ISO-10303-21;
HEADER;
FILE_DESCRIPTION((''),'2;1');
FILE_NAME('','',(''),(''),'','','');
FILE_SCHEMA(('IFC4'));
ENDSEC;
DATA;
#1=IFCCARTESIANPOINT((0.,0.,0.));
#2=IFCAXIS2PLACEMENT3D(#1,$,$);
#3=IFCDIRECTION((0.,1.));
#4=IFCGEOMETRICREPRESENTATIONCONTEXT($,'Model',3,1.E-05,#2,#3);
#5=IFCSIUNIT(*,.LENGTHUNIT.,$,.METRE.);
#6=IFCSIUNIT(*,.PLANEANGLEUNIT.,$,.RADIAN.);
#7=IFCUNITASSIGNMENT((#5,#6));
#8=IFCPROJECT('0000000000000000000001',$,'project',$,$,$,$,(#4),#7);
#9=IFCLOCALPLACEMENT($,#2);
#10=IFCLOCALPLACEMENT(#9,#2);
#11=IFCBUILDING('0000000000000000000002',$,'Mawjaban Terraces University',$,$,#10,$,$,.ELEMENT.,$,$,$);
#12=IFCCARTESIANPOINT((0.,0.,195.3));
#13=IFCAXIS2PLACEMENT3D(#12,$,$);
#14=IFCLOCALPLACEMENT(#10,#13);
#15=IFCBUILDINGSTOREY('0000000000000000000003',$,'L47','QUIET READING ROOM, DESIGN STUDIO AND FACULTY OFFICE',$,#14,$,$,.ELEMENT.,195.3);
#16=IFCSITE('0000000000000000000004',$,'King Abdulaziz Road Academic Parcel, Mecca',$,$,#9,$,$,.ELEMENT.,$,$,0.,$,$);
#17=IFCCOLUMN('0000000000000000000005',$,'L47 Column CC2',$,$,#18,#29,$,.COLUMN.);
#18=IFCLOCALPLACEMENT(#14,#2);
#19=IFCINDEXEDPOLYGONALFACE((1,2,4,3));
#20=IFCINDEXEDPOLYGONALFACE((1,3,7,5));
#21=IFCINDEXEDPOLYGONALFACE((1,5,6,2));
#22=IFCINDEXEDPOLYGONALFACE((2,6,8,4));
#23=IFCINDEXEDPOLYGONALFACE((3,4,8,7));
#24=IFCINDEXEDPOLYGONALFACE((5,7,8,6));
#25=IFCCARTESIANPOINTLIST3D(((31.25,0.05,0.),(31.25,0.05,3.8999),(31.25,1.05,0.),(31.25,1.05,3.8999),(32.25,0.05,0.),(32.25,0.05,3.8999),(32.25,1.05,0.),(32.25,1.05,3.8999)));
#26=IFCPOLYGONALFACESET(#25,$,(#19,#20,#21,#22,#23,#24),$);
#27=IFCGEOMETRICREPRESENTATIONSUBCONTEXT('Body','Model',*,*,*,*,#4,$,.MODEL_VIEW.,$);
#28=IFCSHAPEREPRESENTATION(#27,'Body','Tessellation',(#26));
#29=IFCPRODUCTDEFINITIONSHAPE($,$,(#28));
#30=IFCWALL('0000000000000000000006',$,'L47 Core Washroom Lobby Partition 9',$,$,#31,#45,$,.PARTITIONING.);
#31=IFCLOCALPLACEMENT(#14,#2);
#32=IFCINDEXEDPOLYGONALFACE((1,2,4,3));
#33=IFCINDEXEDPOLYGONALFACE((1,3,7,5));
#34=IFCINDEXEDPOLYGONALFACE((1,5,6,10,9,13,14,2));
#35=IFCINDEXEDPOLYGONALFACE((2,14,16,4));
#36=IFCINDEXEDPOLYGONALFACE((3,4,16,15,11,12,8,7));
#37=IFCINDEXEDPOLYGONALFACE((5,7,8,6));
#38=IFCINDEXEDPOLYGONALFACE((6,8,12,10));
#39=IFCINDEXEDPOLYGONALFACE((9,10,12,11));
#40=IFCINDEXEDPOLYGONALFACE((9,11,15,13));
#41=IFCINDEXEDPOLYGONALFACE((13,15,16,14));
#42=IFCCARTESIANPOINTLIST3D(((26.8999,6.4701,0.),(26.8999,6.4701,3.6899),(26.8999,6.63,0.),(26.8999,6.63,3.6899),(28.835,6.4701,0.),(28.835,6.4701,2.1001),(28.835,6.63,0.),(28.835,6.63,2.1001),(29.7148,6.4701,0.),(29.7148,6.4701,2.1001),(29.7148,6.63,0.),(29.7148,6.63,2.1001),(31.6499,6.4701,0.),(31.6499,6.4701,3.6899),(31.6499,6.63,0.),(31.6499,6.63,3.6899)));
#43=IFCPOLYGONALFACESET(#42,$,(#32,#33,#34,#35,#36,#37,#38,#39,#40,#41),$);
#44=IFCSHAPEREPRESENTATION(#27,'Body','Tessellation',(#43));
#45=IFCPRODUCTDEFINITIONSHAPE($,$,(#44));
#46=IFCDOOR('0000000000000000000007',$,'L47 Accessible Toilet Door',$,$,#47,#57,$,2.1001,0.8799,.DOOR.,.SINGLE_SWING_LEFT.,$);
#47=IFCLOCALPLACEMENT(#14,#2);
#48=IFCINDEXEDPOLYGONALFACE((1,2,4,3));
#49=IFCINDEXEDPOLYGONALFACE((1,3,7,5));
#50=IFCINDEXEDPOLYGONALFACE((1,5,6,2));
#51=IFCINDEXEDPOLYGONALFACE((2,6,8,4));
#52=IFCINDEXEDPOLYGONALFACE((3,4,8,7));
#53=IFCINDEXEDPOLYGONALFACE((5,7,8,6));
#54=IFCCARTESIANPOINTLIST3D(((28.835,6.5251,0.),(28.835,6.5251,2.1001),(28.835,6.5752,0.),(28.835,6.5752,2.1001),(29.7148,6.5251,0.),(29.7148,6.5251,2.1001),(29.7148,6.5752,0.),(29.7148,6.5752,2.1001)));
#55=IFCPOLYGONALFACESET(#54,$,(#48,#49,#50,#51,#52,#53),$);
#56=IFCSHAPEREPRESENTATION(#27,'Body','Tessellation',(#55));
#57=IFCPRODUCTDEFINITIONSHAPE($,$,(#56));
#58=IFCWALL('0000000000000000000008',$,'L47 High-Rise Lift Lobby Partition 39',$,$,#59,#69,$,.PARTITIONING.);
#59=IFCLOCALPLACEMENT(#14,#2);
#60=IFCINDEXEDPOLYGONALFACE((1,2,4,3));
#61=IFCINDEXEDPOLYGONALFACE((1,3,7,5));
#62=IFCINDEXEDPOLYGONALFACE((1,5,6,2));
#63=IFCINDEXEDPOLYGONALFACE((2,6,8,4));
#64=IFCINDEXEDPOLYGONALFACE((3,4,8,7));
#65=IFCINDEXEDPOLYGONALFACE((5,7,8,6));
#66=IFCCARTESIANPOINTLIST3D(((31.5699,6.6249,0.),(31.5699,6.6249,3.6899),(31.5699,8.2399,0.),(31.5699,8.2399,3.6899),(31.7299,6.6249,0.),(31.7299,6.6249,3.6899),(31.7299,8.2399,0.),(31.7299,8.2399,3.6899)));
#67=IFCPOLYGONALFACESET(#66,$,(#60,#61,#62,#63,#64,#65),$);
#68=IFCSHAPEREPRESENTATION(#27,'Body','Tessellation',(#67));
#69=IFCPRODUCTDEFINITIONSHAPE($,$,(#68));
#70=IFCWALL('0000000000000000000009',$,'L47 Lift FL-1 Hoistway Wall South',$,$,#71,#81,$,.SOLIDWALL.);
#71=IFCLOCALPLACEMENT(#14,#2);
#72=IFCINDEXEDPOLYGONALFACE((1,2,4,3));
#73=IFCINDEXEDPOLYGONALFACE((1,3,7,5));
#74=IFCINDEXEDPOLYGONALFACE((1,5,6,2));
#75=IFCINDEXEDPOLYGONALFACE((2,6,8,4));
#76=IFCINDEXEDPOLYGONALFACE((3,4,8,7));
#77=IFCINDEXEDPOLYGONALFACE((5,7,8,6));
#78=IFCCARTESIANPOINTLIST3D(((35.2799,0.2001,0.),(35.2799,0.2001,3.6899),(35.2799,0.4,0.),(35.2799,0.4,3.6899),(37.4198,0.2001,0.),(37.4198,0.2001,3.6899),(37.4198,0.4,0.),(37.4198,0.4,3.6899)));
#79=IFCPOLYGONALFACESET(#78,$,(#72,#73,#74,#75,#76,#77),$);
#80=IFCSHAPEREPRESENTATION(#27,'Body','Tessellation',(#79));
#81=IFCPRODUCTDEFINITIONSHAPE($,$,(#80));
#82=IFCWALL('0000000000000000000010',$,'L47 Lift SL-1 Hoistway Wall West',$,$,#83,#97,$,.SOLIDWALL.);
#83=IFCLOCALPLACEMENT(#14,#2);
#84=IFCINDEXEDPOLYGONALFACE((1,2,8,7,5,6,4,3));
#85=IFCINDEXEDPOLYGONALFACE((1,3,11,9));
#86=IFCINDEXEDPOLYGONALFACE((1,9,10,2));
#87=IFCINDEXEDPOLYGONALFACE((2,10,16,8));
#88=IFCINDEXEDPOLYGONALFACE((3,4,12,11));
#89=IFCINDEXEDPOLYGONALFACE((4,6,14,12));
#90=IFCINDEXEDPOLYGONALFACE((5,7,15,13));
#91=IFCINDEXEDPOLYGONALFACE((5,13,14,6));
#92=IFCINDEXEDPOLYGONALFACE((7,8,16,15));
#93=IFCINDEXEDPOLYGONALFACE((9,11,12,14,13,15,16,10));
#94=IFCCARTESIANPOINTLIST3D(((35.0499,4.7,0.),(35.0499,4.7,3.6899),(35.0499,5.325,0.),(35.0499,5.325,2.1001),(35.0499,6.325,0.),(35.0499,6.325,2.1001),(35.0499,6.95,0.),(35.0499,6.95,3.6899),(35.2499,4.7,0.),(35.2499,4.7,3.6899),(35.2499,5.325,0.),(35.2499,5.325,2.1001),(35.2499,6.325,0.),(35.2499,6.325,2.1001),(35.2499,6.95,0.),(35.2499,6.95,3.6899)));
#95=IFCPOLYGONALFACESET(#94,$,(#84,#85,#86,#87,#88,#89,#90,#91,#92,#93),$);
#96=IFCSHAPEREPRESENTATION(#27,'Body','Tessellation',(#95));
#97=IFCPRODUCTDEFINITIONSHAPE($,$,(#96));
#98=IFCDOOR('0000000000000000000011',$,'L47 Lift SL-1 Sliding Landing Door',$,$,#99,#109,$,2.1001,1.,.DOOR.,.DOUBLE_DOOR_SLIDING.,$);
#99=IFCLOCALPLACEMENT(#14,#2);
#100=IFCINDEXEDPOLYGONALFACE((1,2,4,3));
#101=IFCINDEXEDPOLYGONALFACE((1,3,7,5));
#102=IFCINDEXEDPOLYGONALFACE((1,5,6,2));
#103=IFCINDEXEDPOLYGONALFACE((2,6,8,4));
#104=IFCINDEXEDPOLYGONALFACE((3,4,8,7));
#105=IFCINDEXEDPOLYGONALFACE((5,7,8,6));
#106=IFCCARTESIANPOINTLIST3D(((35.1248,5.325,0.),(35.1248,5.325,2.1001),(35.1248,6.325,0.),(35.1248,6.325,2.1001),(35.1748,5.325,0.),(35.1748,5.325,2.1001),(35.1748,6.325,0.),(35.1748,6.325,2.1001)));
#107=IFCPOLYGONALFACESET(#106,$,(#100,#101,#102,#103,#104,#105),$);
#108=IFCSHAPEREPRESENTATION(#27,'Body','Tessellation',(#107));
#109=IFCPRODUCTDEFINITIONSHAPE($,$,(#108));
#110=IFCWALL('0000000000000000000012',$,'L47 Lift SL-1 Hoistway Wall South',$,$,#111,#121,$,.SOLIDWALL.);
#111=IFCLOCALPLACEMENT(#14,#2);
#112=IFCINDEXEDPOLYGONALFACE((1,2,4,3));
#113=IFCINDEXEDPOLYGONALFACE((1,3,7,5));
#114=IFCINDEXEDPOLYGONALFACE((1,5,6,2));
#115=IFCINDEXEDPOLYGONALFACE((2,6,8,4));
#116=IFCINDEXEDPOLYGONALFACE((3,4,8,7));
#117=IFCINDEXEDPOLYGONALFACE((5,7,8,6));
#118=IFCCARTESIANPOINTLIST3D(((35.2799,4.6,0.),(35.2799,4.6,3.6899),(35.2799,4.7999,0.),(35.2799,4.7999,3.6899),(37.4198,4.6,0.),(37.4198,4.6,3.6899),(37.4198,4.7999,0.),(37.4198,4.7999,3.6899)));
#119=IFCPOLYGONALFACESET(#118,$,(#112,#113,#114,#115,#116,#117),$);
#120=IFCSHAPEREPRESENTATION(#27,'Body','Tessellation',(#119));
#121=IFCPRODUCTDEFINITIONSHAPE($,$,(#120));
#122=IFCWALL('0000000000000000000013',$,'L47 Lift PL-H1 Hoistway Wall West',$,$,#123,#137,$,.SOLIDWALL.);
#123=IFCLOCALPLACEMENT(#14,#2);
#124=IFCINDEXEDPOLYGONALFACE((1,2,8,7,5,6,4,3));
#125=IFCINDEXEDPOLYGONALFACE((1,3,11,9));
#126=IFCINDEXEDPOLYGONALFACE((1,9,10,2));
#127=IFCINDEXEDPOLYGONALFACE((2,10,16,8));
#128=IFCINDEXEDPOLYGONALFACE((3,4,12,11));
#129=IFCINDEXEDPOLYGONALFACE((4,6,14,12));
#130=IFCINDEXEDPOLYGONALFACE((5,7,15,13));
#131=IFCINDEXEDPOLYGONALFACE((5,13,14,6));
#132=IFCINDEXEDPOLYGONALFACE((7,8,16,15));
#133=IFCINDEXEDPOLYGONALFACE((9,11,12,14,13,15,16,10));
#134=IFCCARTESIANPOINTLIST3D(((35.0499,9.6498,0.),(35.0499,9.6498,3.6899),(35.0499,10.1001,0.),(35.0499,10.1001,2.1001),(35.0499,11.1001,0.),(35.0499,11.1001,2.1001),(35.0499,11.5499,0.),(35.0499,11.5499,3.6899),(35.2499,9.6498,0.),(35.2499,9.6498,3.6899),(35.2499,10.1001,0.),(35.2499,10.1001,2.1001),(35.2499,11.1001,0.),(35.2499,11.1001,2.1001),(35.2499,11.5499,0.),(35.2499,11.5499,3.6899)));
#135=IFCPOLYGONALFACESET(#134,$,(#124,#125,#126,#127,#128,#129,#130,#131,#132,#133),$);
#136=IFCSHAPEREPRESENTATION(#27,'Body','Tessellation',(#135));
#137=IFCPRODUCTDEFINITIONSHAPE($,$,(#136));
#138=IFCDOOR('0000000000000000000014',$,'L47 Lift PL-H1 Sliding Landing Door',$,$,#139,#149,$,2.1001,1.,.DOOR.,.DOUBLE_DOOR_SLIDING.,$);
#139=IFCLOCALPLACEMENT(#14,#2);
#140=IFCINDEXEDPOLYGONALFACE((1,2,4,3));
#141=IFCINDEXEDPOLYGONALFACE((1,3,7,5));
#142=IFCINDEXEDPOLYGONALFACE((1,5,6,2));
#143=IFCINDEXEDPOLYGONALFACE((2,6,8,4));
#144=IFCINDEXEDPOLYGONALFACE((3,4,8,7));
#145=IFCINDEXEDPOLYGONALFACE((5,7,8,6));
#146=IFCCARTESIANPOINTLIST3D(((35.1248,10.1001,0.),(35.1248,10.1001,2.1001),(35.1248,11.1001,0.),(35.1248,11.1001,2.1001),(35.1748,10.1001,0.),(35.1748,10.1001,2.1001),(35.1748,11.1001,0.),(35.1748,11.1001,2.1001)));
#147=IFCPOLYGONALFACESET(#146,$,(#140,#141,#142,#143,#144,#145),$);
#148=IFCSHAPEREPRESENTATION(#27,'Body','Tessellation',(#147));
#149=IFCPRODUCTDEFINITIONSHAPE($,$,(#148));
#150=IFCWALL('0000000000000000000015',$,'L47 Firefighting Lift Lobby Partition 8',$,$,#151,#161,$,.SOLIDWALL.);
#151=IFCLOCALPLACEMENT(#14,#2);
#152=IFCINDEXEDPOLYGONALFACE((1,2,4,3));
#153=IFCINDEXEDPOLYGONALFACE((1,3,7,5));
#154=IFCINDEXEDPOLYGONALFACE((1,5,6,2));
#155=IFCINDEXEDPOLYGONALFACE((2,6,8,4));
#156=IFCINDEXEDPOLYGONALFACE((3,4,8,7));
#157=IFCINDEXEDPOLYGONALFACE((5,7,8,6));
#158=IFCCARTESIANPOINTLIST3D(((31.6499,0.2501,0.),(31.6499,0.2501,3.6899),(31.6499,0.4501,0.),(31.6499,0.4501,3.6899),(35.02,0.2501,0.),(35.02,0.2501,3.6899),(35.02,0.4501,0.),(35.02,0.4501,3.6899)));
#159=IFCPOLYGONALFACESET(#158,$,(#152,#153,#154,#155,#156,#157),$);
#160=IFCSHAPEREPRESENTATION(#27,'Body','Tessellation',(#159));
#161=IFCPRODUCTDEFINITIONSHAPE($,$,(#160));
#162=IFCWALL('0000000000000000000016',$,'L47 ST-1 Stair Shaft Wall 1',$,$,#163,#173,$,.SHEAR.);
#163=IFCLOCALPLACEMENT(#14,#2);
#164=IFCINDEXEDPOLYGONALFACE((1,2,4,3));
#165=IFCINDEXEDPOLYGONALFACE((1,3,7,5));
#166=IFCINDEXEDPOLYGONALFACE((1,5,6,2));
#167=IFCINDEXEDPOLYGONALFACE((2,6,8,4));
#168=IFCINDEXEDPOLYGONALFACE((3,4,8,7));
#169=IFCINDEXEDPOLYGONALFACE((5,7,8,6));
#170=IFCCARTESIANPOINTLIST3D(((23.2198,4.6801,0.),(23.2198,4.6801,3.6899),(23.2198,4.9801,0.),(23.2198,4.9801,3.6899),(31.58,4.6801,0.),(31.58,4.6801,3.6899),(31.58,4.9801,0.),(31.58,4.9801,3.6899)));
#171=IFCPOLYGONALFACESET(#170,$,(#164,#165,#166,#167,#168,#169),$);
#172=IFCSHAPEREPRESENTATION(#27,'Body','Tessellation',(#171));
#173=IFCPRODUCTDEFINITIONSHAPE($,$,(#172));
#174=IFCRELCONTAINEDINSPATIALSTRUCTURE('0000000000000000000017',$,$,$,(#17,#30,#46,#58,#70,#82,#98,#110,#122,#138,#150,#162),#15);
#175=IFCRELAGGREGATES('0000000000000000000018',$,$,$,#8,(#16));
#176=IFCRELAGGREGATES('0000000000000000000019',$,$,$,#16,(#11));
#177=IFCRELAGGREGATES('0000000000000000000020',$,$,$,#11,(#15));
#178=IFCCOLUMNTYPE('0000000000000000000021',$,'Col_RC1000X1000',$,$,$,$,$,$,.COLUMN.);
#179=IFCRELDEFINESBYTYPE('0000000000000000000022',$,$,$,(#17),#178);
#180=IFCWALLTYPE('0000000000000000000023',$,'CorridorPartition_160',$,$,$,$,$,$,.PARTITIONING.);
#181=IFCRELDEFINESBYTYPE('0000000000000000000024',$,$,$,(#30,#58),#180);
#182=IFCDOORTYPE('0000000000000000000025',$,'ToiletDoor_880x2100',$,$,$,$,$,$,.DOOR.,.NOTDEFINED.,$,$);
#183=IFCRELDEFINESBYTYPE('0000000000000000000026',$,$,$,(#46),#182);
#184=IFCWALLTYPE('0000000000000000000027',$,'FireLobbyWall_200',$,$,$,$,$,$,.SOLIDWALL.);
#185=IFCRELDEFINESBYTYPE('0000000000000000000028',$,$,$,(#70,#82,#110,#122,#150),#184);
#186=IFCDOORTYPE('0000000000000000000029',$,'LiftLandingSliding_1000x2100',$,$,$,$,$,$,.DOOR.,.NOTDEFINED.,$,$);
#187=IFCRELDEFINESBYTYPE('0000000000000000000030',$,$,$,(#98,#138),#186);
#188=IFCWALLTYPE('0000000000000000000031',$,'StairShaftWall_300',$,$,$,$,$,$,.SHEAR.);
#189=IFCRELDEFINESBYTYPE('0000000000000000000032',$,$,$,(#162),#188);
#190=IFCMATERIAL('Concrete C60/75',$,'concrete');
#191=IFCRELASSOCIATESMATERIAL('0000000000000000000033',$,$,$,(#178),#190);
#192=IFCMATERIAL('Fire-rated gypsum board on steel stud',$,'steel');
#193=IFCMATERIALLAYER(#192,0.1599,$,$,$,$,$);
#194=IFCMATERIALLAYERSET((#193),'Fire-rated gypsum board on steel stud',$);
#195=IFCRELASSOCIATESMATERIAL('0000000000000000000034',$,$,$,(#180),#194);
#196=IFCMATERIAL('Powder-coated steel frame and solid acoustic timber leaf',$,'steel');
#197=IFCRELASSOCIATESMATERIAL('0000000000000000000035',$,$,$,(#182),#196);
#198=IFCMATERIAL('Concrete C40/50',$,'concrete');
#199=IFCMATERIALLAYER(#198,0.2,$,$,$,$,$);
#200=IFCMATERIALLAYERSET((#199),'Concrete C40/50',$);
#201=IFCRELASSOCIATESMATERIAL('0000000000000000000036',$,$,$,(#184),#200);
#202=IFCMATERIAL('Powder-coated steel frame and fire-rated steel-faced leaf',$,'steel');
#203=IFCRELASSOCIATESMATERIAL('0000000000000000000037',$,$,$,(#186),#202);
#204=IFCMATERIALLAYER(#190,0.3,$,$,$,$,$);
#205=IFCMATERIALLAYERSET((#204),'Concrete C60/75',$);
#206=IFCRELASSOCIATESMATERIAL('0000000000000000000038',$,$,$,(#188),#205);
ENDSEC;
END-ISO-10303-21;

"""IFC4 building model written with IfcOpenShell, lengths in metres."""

from ifc_helpers import new_model, si_unit, direction, frame, frame_2d, origin, origin_2d, place, context, subcontext, project, spatial, rectangle, extrude, material, layer, layer_set, material_profile, profile_set, type_object, element, fill, save


model = new_model("IFC4")

# Units and contexts
model_context = context("Model", 3, precision=1e-05, world=origin(), true_north=direction((0.0, 1.0)))
body_context = subcontext(model_context, "Body", "Model", "MODEL_VIEW")
ifc_project = project(units=[si_unit("LENGTHUNIT", "METRE"), si_unit("PLANEANGLEUNIT", "RADIAN")], contexts=[model_context])

# Site, building, storey
site_placement = place(None, origin())
site = spatial("IfcSite", under=ifc_project, at=site_placement, Name="King Abdulaziz Road Academic Parcel, Mecca", CompositionType="ELEMENT", RefElevation=0.0)
building_placement = place(site_placement, origin())
building = spatial("IfcBuilding", under=site, at=building_placement, Name="Mawjaban Terraces University", CompositionType="ELEMENT")
storey_placement = place(building_placement, frame((0.0, 0.0, 195.3)))
storey = spatial("IfcBuildingStorey", under=building, at=storey_placement, Name="L47", Description="QUIET READING ROOM, DESIGN STUDIO AND FACULTY OFFICE", CompositionType="ELEMENT", Elevation=195.3)

# Column
ifc_material_1 = material(Name="Concrete C60/75", Category="concrete")
ifc_material_profile = material_profile(ifc_material_1, rectangle(XDim=1.0, YDim=1.0, at=origin_2d()), Name="RC1000X1000")
ifc_profile_set = profile_set([ifc_material_profile], Name="Concrete C60/75")
column_type = type_object("IfcColumnType", Name="Col_RC1000X1000", PredefinedType="COLUMN", material=ifc_profile_set)
column_placement = place(storey_placement, frame((31.75, 0.55, 0.0), z_axis=(0.0, 0.0, 1.0), x_axis=(1.0, 0.0, 0.0)))
element("IfcColumn", 1, at=column_placement, inside=storey, type_object=column_type, Name="L47 Column CC2", PredefinedType="COLUMN", context=body_context, shape_type="SweptSolid", body=[
    extrude(rectangle(XDim=1.0, YDim=1.0, at=origin_2d()), origin(), (0.0, 0.0, 1.0), 3.8999),
])

# Wall, opening, door
ifc_material_2 = material(Name="Fire-rated gypsum board on steel stud", Category="steel")
ifc_layer_1 = layer(ifc_material_2, 0.1599)
ifc_layer_set_1 = layer_set([ifc_layer_1], Name="Fire-rated gypsum board on steel stud")
wall_type_1 = type_object("IfcWallType", Name="CorridorPartition_160", PredefinedType="PARTITIONING", material=ifc_layer_set_1)
wall_1_placement = place(storey_placement, frame((31.6499, 6.55, 0.0), z_axis=(0.0, 0.0, 1.0), x_axis=(-1.0, 0.0, 0.0)))
wall_1 = element("IfcWall", 2, at=wall_1_placement, inside=storey, type_object=wall_type_1, Name="L47 Core Washroom Lobby Partition 9", PredefinedType="PARTITIONING", context=body_context, shape_type="SweptSolid", body=[
    extrude(rectangle(XDim=4.75, YDim=0.1599, at=frame_2d((2.375, 0.0))), origin(), (0.0, 0.0, 1.0), 3.6899),
])
opening_1_placement = place(wall_1_placement, frame((1.9351, 0.0, 0.0)))
opening_1 = element("IfcOpeningElement", 3, at=opening_1_placement, cuts=wall_1, PredefinedType="OPENING", context=body_context, shape_type="SweptSolid", body=[
    extrude(rectangle(XDim=0.8799, YDim=2.1001, at=frame_2d((0.4399, 1.05))), frame((0.0, 0.0898, 0.0), z_axis=(0.0, -1.0, 0.0), x_axis=(1.0, 0.0, 0.0)), (0.0, 0.0, 1.0), 0.1799),
])
ifc_material_3 = material(Name="Powder-coated steel frame and solid acoustic timber leaf", Category="steel")
door_type_1 = type_object("IfcDoorType", Name="ToiletDoor_880x2100", OperationType="NOTDEFINED", PredefinedType="DOOR", material=ifc_material_3)
door_1_placement = place(opening_1_placement, origin())
door_1 = element("IfcDoor", 4, at=door_1_placement, inside=storey, type_object=door_type_1, Name="L47 Accessible Toilet Door", OperationType="SINGLE_SWING_LEFT", OverallHeight=2.1001, OverallWidth=0.8799, PredefinedType="DOOR", context=body_context, shape_type="SweptSolid", body=[
    extrude(rectangle(XDim=0.8799, YDim=2.1001, at=frame_2d((0.4399, 1.05))), frame((0.0, 0.0249, 0.0), z_axis=(0.0, -1.0, 0.0), x_axis=(1.0, 0.0, 0.0)), (0.0, 0.0, 1.0), 0.05),
])
fill(opening_1, door_1)

# Wall
wall_2_placement = place(storey_placement, frame((31.6499, 8.24, 0.0), z_axis=(0.0, 0.0, 1.0), x_axis=(0.0, -1.0, 0.0)))
element("IfcWall", 5, at=wall_2_placement, inside=storey, type_object=wall_type_1, Name="L47 High-Rise Lift Lobby Partition 39", PredefinedType="PARTITIONING", context=body_context, shape_type="SweptSolid", body=[
    extrude(rectangle(XDim=1.615, YDim=0.1599, at=frame_2d((0.8076, 0.0))), origin(), (0.0, 0.0, 1.0), 3.6899),
])

# Shared definitions
ifc_material_4 = material(Name="Concrete C40/50", Category="concrete")
ifc_layer_2 = layer(ifc_material_4, 0.2)
ifc_layer_set_2 = layer_set([ifc_layer_2], Name="Concrete C40/50")
wall_type_2 = type_object("IfcWallType", Name="FireLobbyWall_200", PredefinedType="SOLIDWALL", material=ifc_layer_set_2)
ifc_material_5 = material(Name="Powder-coated steel frame and fire-rated steel-faced leaf", Category="steel")

# Wall
wall_3_placement = place(storey_placement, frame((35.28, 0.3, 0.0), z_axis=(0.0, 0.0, 1.0), x_axis=(1.0, 0.0, 0.0)))
element("IfcWall", 6, at=wall_3_placement, inside=storey, type_object=wall_type_2, Name="L47 Lift FL-1 Hoistway Wall South", PredefinedType="SOLIDWALL", context=body_context, shape_type="SweptSolid", body=[
    extrude(rectangle(XDim=2.1399, YDim=0.2, at=frame_2d((1.0698, 0.0))), origin(), (0.0, 0.0, 1.0), 3.6899),
])

# Wall, opening, door
wall_4_placement = place(storey_placement, frame((35.1499, 6.95, 0.0), z_axis=(0.0, 0.0, 1.0), x_axis=(0.0, -1.0, 0.0)))
wall_4 = element("IfcWall", 7, at=wall_4_placement, inside=storey, type_object=wall_type_2, Name="L47 Lift SL-1 Hoistway Wall West", PredefinedType="SOLIDWALL", context=body_context, shape_type="SweptSolid", body=[
    extrude(rectangle(XDim=2.25, YDim=0.2, at=frame_2d((1.125, 0.0))), origin(), (0.0, 0.0, 1.0), 3.6899),
])
opening_2_placement = place(wall_4_placement, frame((0.625, 0.0, 0.0)))
opening_2 = element("IfcOpeningElement", 8, at=opening_2_placement, cuts=wall_4, PredefinedType="OPENING", context=body_context, shape_type="SweptSolid", body=[
    extrude(rectangle(XDim=1.0, YDim=2.1001, at=frame_2d((0.5, 1.05))), frame((0.0, 0.1099, 0.0), z_axis=(0.0, -1.0, 0.0), x_axis=(1.0, 0.0, 0.0)), (0.0, 0.0, 1.0), 0.22),
])
door_type_2 = type_object("IfcDoorType", Name="LiftLandingSliding_1000x2100", OperationType="NOTDEFINED", PredefinedType="DOOR", material=ifc_material_5)
door_2_placement = place(opening_2_placement, origin())
door_2 = element("IfcDoor", 9, at=door_2_placement, inside=storey, type_object=door_type_2, Name="L47 Lift SL-1 Sliding Landing Door", OperationType="DOUBLE_DOOR_SLIDING", OverallHeight=2.1001, OverallWidth=1.0, PredefinedType="DOOR", context=body_context, shape_type="SweptSolid", body=[
    extrude(rectangle(XDim=1.0, YDim=2.1001, at=frame_2d((0.5, 1.05))), frame((0.0, 0.0249, 0.0), z_axis=(0.0, -1.0, 0.0), x_axis=(1.0, 0.0, 0.0)), (0.0, 0.0, 1.0), 0.05),
])
fill(opening_2, door_2)

# Wall
wall_5_placement = place(storey_placement, frame((35.28, 4.7, 0.0), z_axis=(0.0, 0.0, 1.0), x_axis=(1.0, 0.0, 0.0)))
element("IfcWall", 10, at=wall_5_placement, inside=storey, type_object=wall_type_2, Name="L47 Lift SL-1 Hoistway Wall South", PredefinedType="SOLIDWALL", context=body_context, shape_type="SweptSolid", body=[
    extrude(rectangle(XDim=2.1399, YDim=0.2, at=frame_2d((1.0698, 0.0))), origin(), (0.0, 0.0, 1.0), 3.6899),
])

# Wall, opening, door
wall_6_placement = place(storey_placement, frame((35.1499, 11.55, 0.0), z_axis=(0.0, 0.0, 1.0), x_axis=(0.0, -1.0, 0.0)))
wall_6 = element("IfcWall", 11, at=wall_6_placement, inside=storey, type_object=wall_type_2, Name="L47 Lift PL-H1 Hoistway Wall West", PredefinedType="SOLIDWALL", context=body_context, shape_type="SweptSolid", body=[
    extrude(rectangle(XDim=1.9001, YDim=0.2, at=frame_2d((0.9502, 0.0))), origin(), (0.0, 0.0, 1.0), 3.6899),
])
opening_3_placement = place(wall_6_placement, frame((0.45, 0.0, 0.0)))
opening_3 = element("IfcOpeningElement", 12, at=opening_3_placement, cuts=wall_6, PredefinedType="OPENING", context=body_context, shape_type="SweptSolid", body=[
    extrude(rectangle(XDim=1.0, YDim=2.1001, at=frame_2d((0.5, 1.05))), frame((0.0, 0.1099, 0.0), z_axis=(0.0, -1.0, 0.0), x_axis=(1.0, 0.0, 0.0)), (0.0, 0.0, 1.0), 0.22),
])
door_3_placement = place(opening_3_placement, origin())
door_3 = element("IfcDoor", 13, at=door_3_placement, inside=storey, type_object=door_type_2, Name="L47 Lift PL-H1 Sliding Landing Door", OperationType="DOUBLE_DOOR_SLIDING", OverallHeight=2.1001, OverallWidth=1.0, PredefinedType="DOOR", context=body_context, shape_type="SweptSolid", body=[
    extrude(rectangle(XDim=1.0, YDim=2.1001, at=frame_2d((0.5, 1.05))), frame((0.0, 0.0249, 0.0), z_axis=(0.0, -1.0, 0.0), x_axis=(1.0, 0.0, 0.0)), (0.0, 0.0, 1.0), 0.05),
])
fill(opening_3, door_3)

# Wall
wall_7_placement = place(storey_placement, frame((31.6499, 0.3501, 0.0), z_axis=(0.0, 0.0, 1.0), x_axis=(1.0, 0.0, 0.0)))
element("IfcWall", 14, at=wall_7_placement, inside=storey, type_object=wall_type_2, Name="L47 Firefighting Lift Lobby Partition 8", PredefinedType="SOLIDWALL", context=body_context, shape_type="SweptSolid", body=[
    extrude(rectangle(XDim=3.3701, YDim=0.2, at=frame_2d((1.6851, 0.0))), origin(), (0.0, 0.0, 1.0), 3.6899),
])

# Wall
ifc_layer_3 = layer(ifc_material_1, 0.3)
ifc_layer_set_3 = layer_set([ifc_layer_3], Name="Concrete C60/75")
wall_type_3 = type_object("IfcWallType", Name="StairShaftWall_300", PredefinedType="SHEAR", material=ifc_layer_set_3)
wall_8_placement = place(storey_placement, frame((31.5801, 4.8301, 0.0), z_axis=(0.0, 0.0, 1.0), x_axis=(-1.0, 0.0, 0.0)))
element("IfcWall", 15, at=wall_8_placement, inside=storey, type_object=wall_type_3, Name="L47 ST-1 Stair Shaft Wall 1", PredefinedType="SHEAR", context=body_context, shape_type="SweptSolid", body=[
    extrude(rectangle(XDim=8.3601, YDim=0.3, at=frame_2d((4.1802, 0.0))), origin(), (0.0, 0.0, 1.0), 3.6899),
])

save(model, "model.ifc")
